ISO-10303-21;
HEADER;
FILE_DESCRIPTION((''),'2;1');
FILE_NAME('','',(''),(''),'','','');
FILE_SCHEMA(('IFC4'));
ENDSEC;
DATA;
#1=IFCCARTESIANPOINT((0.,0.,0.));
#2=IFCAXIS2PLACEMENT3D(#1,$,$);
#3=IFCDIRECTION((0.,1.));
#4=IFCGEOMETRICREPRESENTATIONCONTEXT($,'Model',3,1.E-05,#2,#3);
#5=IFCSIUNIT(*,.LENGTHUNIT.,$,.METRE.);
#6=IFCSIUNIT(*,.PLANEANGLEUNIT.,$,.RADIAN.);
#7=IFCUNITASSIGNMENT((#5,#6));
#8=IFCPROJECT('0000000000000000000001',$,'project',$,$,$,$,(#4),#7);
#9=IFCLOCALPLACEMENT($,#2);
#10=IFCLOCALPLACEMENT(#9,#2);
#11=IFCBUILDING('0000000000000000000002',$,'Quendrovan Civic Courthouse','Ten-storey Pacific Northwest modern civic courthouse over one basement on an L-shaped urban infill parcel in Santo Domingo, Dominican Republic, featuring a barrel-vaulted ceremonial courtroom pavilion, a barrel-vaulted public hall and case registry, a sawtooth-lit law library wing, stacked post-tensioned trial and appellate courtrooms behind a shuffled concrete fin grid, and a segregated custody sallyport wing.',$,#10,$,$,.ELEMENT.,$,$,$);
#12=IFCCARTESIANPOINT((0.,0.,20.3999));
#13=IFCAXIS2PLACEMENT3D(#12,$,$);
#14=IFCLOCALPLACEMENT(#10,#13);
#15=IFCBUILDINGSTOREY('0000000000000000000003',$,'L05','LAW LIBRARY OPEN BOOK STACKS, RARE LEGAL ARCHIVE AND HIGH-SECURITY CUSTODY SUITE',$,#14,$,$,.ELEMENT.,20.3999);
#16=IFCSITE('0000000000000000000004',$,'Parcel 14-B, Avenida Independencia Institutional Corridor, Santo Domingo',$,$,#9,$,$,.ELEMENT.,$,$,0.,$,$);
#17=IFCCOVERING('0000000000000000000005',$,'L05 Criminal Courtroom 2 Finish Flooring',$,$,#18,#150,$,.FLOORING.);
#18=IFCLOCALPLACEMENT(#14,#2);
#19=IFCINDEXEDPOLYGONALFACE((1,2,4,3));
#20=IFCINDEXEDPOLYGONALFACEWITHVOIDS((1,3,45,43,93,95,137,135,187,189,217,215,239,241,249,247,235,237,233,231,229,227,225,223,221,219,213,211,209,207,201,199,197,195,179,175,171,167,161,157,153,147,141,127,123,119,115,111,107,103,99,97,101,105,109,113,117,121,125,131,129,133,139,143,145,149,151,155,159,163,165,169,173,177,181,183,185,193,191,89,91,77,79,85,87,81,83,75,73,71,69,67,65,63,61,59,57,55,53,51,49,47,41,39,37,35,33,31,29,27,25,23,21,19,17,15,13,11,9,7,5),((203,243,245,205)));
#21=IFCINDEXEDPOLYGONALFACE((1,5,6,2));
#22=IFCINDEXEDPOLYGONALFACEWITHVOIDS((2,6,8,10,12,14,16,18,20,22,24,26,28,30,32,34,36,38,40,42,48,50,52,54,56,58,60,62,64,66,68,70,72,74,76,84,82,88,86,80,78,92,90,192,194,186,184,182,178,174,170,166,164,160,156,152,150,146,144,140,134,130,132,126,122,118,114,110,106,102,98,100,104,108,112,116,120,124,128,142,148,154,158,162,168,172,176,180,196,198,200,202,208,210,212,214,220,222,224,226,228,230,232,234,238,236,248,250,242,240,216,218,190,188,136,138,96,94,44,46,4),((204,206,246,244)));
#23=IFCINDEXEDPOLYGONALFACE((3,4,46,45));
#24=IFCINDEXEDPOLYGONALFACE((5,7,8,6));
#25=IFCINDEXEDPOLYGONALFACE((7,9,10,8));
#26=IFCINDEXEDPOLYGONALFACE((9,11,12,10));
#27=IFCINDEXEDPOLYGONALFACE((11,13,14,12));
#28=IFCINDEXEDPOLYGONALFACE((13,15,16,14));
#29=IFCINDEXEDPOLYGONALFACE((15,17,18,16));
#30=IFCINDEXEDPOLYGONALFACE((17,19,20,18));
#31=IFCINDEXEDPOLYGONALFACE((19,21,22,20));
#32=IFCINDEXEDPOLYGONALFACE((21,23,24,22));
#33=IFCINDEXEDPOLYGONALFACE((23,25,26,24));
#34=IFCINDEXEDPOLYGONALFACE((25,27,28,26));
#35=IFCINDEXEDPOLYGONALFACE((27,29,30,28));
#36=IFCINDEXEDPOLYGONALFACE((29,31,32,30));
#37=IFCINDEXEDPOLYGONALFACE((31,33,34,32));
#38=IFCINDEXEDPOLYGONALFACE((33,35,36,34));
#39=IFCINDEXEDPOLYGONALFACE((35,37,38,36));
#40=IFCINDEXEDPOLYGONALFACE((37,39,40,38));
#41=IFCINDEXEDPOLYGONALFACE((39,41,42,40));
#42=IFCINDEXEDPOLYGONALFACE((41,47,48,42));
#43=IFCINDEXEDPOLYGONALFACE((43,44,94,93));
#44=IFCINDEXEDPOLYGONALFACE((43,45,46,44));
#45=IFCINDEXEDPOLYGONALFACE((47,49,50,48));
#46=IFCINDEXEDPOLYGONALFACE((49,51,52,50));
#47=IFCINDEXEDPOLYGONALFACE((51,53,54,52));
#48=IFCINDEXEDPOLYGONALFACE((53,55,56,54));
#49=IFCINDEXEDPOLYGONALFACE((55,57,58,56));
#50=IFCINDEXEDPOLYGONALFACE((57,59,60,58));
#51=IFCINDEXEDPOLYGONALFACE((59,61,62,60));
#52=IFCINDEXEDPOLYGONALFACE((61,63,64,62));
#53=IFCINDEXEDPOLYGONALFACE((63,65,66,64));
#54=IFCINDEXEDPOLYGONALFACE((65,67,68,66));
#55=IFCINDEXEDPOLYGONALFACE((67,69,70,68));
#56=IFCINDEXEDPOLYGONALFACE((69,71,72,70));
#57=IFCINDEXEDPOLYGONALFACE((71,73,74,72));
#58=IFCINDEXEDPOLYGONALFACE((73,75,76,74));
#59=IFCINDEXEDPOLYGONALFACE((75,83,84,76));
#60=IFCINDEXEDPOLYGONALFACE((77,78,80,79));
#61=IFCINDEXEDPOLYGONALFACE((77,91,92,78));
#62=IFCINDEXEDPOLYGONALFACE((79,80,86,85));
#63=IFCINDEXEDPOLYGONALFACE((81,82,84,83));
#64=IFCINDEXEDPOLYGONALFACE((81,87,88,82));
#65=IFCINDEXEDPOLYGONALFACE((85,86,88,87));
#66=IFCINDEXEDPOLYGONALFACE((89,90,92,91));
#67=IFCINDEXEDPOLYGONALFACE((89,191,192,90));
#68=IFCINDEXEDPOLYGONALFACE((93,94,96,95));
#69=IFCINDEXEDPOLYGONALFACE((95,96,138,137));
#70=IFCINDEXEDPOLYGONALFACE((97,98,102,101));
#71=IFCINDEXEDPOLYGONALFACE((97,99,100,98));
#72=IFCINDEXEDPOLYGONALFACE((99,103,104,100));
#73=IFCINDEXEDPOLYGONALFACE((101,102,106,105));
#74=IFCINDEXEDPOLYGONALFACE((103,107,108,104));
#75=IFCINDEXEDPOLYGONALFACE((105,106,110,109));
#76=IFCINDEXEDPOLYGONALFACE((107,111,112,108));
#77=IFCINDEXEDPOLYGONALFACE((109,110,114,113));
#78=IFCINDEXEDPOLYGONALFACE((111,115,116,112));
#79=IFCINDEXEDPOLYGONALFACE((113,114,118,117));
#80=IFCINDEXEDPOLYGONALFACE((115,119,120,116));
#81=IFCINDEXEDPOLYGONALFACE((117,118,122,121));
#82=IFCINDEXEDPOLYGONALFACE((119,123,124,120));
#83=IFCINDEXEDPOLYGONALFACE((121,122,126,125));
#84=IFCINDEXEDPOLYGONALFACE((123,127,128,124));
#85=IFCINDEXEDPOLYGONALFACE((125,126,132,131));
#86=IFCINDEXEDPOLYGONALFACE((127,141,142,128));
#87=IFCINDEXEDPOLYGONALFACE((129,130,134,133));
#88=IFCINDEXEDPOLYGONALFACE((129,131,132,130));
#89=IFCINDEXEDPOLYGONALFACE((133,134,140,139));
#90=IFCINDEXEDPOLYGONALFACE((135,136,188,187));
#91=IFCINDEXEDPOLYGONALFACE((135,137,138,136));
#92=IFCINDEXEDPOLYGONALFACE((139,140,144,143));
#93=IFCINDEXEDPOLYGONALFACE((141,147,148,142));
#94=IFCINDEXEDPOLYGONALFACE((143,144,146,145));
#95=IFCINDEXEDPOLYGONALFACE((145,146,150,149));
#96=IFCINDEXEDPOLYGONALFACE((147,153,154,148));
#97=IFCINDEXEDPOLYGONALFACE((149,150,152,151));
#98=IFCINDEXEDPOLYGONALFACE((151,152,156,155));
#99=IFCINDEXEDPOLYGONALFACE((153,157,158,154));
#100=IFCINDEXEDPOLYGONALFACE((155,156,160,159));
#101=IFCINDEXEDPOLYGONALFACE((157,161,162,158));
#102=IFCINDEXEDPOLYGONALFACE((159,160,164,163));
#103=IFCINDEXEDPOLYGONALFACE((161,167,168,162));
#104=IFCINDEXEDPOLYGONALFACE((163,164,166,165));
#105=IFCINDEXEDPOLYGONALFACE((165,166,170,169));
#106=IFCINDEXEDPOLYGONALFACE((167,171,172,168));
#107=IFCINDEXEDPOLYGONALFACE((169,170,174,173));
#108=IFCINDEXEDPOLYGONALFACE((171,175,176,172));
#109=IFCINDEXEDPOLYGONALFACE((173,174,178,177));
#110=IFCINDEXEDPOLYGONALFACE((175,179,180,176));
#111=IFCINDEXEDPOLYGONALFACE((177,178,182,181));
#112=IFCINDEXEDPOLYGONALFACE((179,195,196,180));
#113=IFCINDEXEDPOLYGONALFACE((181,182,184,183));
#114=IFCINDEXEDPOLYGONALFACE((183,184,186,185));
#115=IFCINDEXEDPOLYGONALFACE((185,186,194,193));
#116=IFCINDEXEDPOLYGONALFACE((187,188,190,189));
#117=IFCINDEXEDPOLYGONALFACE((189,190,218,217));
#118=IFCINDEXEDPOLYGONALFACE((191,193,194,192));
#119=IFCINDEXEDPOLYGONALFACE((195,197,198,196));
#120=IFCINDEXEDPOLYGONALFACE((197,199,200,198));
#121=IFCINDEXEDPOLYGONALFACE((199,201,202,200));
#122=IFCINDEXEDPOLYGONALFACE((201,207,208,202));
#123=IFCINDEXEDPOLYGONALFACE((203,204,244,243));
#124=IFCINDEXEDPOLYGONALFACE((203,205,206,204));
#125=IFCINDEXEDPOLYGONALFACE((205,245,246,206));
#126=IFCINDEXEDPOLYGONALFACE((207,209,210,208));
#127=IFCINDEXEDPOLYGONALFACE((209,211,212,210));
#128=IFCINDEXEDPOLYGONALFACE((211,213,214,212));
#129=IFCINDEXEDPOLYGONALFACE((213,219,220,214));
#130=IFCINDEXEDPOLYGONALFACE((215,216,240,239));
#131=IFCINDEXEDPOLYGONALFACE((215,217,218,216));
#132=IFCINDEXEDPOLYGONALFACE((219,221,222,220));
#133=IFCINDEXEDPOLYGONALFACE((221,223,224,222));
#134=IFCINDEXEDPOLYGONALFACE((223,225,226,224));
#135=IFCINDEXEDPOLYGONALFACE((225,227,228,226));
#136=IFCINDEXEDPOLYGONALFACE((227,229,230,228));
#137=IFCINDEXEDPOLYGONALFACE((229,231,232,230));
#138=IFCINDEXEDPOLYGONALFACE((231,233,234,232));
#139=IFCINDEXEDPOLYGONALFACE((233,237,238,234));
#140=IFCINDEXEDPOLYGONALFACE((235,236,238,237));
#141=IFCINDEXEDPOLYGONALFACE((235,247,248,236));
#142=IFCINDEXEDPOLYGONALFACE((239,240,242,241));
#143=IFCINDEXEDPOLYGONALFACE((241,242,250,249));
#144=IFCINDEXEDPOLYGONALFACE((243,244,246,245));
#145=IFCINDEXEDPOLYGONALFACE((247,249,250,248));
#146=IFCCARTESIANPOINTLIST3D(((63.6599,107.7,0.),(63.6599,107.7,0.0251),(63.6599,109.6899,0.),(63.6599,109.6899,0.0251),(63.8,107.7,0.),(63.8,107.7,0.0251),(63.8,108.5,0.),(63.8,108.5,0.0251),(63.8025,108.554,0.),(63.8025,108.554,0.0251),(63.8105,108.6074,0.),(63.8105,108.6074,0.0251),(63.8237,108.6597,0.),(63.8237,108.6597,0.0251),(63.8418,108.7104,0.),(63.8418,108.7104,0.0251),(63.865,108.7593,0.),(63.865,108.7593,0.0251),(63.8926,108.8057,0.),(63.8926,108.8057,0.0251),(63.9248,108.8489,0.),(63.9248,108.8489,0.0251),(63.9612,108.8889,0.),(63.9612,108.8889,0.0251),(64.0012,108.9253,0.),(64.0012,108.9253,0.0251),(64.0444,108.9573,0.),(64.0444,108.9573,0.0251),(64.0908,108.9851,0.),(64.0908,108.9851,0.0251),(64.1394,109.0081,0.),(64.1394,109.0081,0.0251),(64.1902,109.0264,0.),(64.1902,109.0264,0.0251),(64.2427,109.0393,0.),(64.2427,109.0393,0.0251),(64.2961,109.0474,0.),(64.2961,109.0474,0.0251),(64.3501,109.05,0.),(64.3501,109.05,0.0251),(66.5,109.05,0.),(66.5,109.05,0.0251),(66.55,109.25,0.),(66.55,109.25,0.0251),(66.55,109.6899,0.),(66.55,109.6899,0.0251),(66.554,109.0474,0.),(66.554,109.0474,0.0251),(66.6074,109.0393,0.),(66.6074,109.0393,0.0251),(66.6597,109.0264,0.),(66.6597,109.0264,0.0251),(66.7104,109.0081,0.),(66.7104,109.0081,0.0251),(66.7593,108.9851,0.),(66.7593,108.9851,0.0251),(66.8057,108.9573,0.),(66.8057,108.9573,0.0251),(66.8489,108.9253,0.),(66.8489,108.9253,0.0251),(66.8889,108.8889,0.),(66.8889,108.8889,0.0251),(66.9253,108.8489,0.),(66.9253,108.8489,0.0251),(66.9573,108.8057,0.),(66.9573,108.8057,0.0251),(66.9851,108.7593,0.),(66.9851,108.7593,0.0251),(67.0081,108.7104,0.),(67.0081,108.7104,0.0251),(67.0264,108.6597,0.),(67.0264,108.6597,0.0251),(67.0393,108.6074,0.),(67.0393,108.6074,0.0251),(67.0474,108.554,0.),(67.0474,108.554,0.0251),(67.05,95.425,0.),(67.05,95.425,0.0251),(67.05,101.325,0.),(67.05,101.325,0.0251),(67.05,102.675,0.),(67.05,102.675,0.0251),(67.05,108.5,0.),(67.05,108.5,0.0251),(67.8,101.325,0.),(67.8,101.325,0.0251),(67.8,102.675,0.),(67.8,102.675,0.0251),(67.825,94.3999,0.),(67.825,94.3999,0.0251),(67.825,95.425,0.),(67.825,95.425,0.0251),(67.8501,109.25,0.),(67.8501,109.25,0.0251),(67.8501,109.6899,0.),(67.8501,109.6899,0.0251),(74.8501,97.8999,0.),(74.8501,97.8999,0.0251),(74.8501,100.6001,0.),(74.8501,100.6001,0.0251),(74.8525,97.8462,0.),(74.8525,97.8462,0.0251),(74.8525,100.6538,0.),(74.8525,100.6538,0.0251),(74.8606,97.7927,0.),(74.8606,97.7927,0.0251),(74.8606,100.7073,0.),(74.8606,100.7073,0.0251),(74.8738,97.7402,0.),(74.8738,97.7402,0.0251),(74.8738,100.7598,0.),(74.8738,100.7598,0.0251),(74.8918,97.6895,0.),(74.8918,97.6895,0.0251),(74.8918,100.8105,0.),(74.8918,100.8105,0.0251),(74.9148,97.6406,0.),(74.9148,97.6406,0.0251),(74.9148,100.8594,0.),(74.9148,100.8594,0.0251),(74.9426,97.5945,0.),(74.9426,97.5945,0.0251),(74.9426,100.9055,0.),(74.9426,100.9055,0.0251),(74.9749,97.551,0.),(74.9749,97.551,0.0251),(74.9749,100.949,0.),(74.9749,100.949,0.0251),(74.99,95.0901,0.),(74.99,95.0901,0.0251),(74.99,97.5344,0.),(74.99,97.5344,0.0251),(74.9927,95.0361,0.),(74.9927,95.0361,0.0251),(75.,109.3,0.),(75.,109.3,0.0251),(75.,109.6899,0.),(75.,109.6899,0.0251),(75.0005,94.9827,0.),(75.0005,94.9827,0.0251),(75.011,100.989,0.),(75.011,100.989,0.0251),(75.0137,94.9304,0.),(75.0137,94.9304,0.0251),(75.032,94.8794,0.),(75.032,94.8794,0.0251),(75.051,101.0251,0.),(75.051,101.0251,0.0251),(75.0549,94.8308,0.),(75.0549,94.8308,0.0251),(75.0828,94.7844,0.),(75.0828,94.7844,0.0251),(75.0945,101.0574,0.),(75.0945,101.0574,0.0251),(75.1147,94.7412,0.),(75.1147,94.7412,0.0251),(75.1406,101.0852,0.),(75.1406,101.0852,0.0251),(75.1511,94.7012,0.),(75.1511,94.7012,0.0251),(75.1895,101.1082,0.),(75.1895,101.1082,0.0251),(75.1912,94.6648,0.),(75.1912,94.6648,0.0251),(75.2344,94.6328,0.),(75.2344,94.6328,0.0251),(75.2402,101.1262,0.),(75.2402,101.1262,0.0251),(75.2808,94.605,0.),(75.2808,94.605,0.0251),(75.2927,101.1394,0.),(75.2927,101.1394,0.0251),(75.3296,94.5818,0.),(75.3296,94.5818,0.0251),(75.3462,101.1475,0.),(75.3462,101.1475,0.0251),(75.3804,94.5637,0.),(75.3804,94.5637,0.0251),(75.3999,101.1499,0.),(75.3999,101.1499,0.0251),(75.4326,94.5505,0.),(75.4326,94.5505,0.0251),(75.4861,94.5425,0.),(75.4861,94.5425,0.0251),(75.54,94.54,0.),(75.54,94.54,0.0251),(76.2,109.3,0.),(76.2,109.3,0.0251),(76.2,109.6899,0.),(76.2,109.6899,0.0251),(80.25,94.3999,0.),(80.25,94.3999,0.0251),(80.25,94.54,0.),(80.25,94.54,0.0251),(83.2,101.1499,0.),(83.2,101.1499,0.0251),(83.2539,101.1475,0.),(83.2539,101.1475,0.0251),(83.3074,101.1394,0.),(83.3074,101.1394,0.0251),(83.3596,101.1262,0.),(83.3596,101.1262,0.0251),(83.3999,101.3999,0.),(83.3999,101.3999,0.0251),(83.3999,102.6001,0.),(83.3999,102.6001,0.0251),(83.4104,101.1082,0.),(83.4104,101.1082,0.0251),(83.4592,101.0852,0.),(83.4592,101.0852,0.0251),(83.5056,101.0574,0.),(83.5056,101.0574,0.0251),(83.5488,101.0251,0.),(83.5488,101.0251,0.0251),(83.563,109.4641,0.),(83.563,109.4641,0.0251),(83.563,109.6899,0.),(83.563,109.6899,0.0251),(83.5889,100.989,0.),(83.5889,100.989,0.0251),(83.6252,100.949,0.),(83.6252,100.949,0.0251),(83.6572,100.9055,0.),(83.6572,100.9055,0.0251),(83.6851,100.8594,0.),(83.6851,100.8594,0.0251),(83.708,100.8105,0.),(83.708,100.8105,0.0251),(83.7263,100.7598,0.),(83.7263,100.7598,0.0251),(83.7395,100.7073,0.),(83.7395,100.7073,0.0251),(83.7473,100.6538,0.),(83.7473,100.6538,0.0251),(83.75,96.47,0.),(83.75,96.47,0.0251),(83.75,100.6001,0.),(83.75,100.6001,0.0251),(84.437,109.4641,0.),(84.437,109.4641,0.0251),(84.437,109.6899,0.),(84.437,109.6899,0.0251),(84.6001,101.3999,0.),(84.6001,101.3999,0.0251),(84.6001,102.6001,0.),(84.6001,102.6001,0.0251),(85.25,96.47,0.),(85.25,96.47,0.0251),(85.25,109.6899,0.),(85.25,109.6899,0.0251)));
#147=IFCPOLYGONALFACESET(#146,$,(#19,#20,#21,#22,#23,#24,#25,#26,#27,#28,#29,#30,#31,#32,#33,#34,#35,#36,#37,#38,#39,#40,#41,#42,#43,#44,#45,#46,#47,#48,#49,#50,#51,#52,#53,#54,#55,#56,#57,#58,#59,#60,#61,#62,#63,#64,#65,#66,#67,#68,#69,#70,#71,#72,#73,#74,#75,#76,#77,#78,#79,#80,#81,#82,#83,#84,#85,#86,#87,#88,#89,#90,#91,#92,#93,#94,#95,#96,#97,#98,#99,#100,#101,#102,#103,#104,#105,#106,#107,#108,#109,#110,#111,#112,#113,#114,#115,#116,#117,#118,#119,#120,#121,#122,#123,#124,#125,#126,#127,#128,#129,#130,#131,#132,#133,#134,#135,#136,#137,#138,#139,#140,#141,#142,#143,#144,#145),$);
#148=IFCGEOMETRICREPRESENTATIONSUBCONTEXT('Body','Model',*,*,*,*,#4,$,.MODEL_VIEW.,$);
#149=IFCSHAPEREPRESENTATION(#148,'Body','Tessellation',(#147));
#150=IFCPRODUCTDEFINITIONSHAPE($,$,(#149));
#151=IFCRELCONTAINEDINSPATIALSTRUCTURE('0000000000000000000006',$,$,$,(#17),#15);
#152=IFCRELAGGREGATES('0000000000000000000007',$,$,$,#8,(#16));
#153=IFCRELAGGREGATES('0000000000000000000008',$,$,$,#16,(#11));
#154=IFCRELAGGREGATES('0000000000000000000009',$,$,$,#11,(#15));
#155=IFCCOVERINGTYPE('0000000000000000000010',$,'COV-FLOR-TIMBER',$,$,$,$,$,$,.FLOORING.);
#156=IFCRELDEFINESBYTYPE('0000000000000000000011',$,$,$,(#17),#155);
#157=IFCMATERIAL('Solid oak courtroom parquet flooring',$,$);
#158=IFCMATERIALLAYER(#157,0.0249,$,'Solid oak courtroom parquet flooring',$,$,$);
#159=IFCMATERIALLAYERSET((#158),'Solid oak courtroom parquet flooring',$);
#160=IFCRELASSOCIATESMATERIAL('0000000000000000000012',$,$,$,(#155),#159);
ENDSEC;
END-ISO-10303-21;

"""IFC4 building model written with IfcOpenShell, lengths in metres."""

from ifc_helpers import new_model, si_unit, direction, frame, origin, place, context, subcontext, project, spatial, polyline, outline, extrude, material, layer, layer_set, type_object, element, save


model = new_model("IFC4")

# Units and contexts
model_context = context("Model", 3, precision=1e-05, world=origin(), true_north=direction((0.0, 1.0)))
body_context = subcontext(model_context, "Body", "Model", "MODEL_VIEW")
ifc_project = project(units=[si_unit("LENGTHUNIT", "METRE"), si_unit("PLANEANGLEUNIT", "RADIAN")], contexts=[model_context])

# Site, building, storey
site_placement = place(None, origin())
site = spatial("IfcSite", under=ifc_project, at=site_placement, Name="Parcel 14-B, Avenida Independencia Institutional Corridor, Santo Domingo", CompositionType="ELEMENT", RefElevation=0.0)
building_placement = place(site_placement, origin())
building = spatial("IfcBuilding", under=site, at=building_placement, Name="Quendrovan Civic Courthouse", Description="Ten-storey Pacific Northwest modern civic courthouse over one basement on an L-shaped urban infill parcel in Santo Domingo, Dominican Republic, featuring a barrel-vaulted ceremonial courtroom pavilion, a barrel-vaulted public hall and case registry, a sawtooth-lit law library wing, stacked post-tensioned trial and appellate courtrooms behind a shuffled concrete fin grid, and a segregated custody sallyport wing.", CompositionType="ELEMENT")
storey_placement = place(building_placement, frame((0.0, 0.0, 20.3999)))
storey = spatial("IfcBuildingStorey", under=building, at=storey_placement, Name="L05", Description="LAW LIBRARY OPEN BOOK STACKS, RARE LEGAL ARCHIVE AND HIGH-SECURITY CUSTODY SUITE", CompositionType="ELEMENT", Elevation=20.3999)

# Covering
ifc_material_1 = material(Name="Solid oak courtroom parquet flooring")
ifc_layer_1 = layer(ifc_material_1, 0.0249, Name="Solid oak courtroom parquet flooring")
ifc_layer_set_1 = layer_set([ifc_layer_1], Name="Solid oak courtroom parquet flooring")
covering_type_1 = type_object("IfcCoveringType", Name="COV-FLOR-TIMBER", PredefinedType="FLOORING", material=ifc_layer_set_1)
covering_1_placement = place(storey_placement, origin())
element("IfcCovering", 1, at=covering_1_placement, inside=storey, type_object=covering_type_1, Name="L05 Criminal Courtroom 2 Finish Flooring", PredefinedType="FLOORING", context=body_context, shape_type="SweptSolid", body=[
    extrude(outline(polyline([(75.2402, 101.1262), (75.1895, 101.1082), (75.1406, 101.0852), (75.0945, 101.0574), (75.051, 101.0251), (75.011, 100.989), (74.9749, 100.949), (74.9426, 100.9055), (74.9148, 100.8594), (74.8918, 100.8105), (74.8738, 100.7598), (74.8606, 100.7073), (74.8525, 100.6538), (74.8501, 100.6001), (74.8501, 97.8999), (74.8525, 97.8462), (74.8606, 97.7927), (74.8738, 97.7402), (74.8918, 97.6895), (74.9148, 97.6406), (74.9426, 97.5945), (74.9749, 97.551), (74.99, 97.5344), (74.99, 95.0901), (74.9927, 95.0361), (75.0005, 94.9827), (75.0137, 94.9304), (75.032, 94.8794), (75.0549, 94.8308), (75.0828, 94.7844), (75.1147, 94.7412), (75.1511, 94.7012), (75.1912, 94.6648), (75.2344, 94.6328), (75.2808, 94.605), (75.3296, 94.5818), (75.3804, 94.5637), (75.4326, 94.5505), (75.4861, 94.5425), (75.54, 94.54), (80.25, 94.54), (80.25, 94.3999), (67.825, 94.3999), (67.825, 95.425), (67.05, 95.425), (67.05, 101.325), (67.8, 101.325), (67.8, 102.675), (67.05, 102.675), (67.05, 108.5), (67.0474, 108.554), (67.0393, 108.6074), (67.0264, 108.6597), (67.0081, 108.7104), (66.9851, 108.7593), (66.9573, 108.8057), (66.9253, 108.8489), (66.8889, 108.8889), (66.8489, 108.9253), (66.8057, 108.9573), (66.7593, 108.9851), (66.7104, 109.0081), (66.6597, 109.0264), (66.6074, 109.0393), (66.554, 109.0474), (66.5, 109.05), (64.3501, 109.05), (64.2961, 109.0474), (64.2427, 109.0393), (64.1902, 109.0264), (64.1394, 109.0081), (64.0908, 108.9851), (64.0444, 108.9573), (64.0012, 108.9253), (63.9612, 108.8889), (63.9248, 108.8489), (63.8926, 108.8057), (63.865, 108.7593), (63.8418, 108.7104), (63.8237, 108.6597), (63.8105, 108.6074), (63.8025, 108.554), (63.8, 108.5), (63.8, 107.7), (63.6599, 107.7), (63.6599, 109.6899), (66.55, 109.6899), (66.55, 109.25), (67.8501, 109.25), (67.8501, 109.6899), (75.0, 109.6899), (75.0, 109.3), (76.2, 109.3), (76.2, 109.6899), (83.563, 109.6899), (83.563, 109.4641), (84.437, 109.4641), (84.437, 109.6899), (85.25, 109.6899), (85.25, 96.47), (83.75, 96.47), (83.75, 100.6001), (83.7473, 100.6538), (83.7395, 100.7073), (83.7263, 100.7598), (83.708, 100.8105), (83.6851, 100.8594), (83.6572, 100.9055), (83.6252, 100.949), (83.5889, 100.989), (83.5488, 101.0251), (83.5056, 101.0574), (83.4592, 101.0852), (83.4104, 101.1082), (83.3596, 101.1262), (83.3074, 101.1394), (83.2539, 101.1475), (83.2, 101.1499), (75.3999, 101.1499), (75.3462, 101.1475), (75.2927, 101.1394), (75.2402, 101.1262)]), holes=[polyline([(83.3999, 101.3999), (84.6001, 101.3999), (84.6001, 102.6001), (83.3999, 102.6001), (83.3999, 101.3999)])]), origin(), (0.0, 0.0, 1.0), 0.0251),
])

save(model, "model.ifc")
